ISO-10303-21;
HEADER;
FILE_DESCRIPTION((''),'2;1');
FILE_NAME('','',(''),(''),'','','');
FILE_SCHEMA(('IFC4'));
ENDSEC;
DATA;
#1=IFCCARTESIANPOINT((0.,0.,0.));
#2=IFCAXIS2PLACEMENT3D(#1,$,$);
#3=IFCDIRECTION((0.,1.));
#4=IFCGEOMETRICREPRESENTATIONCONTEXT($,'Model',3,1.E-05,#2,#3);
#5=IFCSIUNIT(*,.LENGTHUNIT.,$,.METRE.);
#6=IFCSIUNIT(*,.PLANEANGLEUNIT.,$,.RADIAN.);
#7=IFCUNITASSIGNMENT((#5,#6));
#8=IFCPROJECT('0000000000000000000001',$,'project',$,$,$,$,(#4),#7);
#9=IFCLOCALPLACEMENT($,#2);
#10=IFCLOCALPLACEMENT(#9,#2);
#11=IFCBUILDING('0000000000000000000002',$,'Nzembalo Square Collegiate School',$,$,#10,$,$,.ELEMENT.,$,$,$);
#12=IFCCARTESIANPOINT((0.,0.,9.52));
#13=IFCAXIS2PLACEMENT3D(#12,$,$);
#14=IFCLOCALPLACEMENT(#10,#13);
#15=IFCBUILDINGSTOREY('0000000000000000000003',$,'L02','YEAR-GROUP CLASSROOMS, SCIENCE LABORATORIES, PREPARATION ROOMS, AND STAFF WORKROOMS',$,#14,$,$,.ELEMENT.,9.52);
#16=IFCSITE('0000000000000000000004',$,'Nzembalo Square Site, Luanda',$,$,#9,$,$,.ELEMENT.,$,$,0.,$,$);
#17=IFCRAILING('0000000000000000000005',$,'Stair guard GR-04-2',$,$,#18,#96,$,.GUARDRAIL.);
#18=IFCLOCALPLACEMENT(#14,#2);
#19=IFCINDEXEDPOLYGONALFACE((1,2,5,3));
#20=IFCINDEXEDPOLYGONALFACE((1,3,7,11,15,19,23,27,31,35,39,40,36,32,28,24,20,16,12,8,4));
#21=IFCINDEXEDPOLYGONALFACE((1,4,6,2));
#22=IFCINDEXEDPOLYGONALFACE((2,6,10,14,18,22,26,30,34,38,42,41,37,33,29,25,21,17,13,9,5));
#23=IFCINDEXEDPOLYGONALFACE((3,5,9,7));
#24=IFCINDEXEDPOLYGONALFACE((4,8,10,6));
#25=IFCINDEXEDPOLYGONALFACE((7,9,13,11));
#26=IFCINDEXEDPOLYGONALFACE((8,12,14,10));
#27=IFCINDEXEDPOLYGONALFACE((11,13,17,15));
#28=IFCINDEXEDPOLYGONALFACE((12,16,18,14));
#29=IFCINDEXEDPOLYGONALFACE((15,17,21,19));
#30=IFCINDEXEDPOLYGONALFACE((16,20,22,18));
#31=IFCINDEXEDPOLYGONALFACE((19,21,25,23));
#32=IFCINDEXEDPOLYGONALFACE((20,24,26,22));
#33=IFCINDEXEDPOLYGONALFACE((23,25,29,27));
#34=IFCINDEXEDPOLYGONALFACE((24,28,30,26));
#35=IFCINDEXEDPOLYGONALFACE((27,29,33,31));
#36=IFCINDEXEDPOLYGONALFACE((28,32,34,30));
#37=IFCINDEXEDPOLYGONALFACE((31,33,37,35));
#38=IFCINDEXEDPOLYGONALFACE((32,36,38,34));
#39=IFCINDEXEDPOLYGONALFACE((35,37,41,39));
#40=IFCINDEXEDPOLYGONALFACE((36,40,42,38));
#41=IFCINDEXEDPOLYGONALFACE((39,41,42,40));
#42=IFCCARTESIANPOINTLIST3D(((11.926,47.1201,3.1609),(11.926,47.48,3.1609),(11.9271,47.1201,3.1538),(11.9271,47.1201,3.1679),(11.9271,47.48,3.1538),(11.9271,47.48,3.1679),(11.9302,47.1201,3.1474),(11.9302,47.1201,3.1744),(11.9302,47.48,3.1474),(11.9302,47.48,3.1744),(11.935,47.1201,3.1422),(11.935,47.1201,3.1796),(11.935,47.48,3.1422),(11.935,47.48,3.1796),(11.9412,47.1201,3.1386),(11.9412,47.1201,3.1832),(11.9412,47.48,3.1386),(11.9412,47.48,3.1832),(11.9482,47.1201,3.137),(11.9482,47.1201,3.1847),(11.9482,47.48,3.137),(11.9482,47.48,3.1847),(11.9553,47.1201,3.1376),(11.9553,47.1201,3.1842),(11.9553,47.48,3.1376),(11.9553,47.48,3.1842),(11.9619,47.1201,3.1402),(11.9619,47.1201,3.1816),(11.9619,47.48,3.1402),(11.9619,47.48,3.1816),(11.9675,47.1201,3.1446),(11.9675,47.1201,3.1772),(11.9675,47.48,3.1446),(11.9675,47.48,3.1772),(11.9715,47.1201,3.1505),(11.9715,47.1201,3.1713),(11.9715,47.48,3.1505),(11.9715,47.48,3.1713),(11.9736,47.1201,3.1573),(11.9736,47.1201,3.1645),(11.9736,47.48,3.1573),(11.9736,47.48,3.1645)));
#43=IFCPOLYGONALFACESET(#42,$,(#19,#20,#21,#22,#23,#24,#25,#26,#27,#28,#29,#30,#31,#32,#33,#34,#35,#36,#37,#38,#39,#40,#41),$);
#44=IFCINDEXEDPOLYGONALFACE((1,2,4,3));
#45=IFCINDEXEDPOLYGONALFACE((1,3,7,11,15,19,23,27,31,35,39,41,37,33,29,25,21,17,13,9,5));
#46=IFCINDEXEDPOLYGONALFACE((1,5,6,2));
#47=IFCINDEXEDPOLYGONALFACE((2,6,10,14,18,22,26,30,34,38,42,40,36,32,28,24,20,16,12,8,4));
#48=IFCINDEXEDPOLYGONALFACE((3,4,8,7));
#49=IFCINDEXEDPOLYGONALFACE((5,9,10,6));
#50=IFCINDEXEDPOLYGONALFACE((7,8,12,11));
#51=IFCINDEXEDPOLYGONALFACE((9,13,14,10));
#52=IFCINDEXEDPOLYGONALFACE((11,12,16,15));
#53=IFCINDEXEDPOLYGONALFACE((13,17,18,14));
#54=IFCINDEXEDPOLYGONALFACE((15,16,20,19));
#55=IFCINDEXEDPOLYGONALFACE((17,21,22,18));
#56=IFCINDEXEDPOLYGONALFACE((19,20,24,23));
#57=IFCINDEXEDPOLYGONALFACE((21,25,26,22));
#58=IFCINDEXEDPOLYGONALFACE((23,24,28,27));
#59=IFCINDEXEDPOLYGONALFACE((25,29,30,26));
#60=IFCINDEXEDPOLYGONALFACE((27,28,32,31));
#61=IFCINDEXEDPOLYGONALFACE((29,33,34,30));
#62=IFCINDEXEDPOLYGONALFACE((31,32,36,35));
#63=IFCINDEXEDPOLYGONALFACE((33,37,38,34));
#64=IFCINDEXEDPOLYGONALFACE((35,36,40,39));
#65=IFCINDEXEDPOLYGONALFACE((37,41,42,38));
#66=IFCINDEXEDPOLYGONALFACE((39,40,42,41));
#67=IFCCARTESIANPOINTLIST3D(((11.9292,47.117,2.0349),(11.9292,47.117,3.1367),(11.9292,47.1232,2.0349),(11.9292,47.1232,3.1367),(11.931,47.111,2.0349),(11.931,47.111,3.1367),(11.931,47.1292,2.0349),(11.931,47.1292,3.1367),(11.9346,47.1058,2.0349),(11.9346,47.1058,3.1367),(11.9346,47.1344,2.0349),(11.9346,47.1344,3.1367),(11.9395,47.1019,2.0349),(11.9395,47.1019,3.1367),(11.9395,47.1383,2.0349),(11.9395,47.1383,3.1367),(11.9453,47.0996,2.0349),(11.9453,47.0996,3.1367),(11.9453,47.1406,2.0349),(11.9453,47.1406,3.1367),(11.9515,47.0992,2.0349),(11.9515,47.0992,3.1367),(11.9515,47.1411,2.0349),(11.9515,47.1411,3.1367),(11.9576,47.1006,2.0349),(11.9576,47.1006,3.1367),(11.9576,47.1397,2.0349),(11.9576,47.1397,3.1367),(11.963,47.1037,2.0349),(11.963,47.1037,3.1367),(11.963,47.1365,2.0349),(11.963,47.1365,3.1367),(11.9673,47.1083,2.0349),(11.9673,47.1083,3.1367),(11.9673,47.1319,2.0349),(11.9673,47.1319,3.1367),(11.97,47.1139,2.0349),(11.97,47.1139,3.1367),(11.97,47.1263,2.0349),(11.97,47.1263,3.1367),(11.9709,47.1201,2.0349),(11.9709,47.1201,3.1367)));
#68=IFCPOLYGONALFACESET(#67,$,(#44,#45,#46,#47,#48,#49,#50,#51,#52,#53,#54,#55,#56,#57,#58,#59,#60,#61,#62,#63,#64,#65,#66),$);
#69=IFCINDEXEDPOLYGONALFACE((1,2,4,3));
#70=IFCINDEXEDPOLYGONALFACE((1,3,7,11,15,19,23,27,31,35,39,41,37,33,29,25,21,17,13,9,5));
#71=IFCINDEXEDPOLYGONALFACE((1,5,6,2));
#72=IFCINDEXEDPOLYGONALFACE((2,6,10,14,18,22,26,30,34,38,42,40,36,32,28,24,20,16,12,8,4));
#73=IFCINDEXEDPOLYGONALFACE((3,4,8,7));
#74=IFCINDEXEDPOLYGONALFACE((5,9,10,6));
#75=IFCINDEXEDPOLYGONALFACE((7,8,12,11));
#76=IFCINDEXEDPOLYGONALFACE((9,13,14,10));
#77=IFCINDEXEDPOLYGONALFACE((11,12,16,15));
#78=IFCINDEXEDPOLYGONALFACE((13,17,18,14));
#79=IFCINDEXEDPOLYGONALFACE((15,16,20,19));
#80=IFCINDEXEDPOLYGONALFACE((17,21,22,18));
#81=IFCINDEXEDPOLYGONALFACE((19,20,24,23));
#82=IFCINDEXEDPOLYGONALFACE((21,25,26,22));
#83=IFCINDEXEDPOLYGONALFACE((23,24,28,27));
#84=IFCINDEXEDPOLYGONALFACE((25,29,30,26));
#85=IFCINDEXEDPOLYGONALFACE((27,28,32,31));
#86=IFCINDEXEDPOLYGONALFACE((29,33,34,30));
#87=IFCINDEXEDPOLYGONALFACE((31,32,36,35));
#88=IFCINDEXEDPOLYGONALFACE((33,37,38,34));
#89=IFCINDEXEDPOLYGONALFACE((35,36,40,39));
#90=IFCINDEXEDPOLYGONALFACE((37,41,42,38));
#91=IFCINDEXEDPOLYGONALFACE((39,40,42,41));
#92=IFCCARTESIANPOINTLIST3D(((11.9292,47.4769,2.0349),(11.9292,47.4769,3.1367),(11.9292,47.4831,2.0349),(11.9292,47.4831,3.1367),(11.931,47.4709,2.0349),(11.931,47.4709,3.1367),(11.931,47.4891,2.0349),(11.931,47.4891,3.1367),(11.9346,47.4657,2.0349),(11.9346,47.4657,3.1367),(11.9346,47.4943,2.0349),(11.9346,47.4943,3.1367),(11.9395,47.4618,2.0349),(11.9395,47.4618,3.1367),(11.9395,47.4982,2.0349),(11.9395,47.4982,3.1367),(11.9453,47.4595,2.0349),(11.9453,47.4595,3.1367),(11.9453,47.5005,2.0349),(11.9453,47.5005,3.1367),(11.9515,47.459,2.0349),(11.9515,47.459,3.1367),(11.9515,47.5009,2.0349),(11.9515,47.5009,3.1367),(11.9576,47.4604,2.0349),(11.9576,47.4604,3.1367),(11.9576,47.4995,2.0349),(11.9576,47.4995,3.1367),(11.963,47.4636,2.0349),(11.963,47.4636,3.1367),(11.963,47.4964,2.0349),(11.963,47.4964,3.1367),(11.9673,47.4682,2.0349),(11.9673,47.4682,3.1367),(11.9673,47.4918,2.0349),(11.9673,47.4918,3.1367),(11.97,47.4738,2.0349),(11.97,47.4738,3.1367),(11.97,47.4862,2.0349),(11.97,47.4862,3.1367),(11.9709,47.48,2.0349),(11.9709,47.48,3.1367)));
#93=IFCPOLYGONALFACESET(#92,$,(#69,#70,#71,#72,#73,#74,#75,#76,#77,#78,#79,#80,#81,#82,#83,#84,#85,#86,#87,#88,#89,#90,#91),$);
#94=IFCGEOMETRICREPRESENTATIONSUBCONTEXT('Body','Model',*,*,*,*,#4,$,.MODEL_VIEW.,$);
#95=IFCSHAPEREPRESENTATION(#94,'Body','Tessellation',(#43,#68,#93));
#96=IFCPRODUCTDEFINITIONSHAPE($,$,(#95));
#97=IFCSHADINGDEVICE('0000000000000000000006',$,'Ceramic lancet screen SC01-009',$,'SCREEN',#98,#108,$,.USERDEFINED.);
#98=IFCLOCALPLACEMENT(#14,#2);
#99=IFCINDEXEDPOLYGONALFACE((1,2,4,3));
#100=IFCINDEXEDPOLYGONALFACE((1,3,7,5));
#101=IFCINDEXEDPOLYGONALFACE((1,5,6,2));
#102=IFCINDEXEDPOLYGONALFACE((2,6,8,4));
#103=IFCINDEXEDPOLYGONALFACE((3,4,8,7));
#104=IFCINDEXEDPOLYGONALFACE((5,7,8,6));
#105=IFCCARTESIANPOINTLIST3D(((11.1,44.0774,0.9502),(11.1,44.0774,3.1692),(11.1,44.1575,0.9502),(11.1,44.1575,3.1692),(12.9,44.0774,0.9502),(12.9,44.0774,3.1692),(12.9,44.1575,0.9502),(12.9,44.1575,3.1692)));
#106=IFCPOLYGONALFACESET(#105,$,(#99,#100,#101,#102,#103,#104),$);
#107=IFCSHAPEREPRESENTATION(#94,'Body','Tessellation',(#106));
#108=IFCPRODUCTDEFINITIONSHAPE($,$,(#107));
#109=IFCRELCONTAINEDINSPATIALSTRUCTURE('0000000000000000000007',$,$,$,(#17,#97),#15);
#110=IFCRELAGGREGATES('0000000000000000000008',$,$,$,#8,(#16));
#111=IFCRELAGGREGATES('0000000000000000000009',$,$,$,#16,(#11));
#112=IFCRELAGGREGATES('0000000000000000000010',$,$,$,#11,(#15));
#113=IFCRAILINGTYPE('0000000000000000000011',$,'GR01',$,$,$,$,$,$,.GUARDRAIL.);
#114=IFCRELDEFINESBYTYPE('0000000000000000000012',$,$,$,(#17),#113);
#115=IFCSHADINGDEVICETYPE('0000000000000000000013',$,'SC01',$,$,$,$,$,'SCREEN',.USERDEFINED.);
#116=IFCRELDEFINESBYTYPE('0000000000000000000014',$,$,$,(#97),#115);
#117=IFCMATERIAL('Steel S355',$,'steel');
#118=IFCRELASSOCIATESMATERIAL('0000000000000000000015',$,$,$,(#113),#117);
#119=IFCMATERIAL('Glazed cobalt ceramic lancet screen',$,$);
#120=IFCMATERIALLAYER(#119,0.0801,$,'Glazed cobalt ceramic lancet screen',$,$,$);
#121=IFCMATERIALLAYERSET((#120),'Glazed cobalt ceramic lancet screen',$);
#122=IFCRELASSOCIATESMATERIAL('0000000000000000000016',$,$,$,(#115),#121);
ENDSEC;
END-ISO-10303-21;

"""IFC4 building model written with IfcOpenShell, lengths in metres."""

from ifc_helpers import new_model, si_unit, direction, frame, origin, origin_2d, place, context, subcontext, project, spatial, rectangle, circle, extrude, material, layer, layer_set, type_object, element, save


model = new_model("IFC4")

# Units and contexts
model_context = context("Model", 3, precision=1e-05, world=origin(), true_north=direction((0.0, 1.0)))
body_context = subcontext(model_context, "Body", "Model", "MODEL_VIEW")
ifc_project = project(units=[si_unit("LENGTHUNIT", "METRE"), si_unit("PLANEANGLEUNIT", "RADIAN")], contexts=[model_context])

# Site, building, storey
site_placement = place(None, origin())
site = spatial("IfcSite", under=ifc_project, at=site_placement, Name="Nzembalo Square Site, Luanda", CompositionType="ELEMENT", RefElevation=0.0)
building_placement = place(site_placement, origin())
building = spatial("IfcBuilding", under=site, at=building_placement, Name="Nzembalo Square Collegiate School", CompositionType="ELEMENT")
storey_placement = place(building_placement, frame((0.0, 0.0, 9.52)))
storey = spatial("IfcBuildingStorey", under=building, at=storey_placement, Name="L02", Description="YEAR-GROUP CLASSROOMS, SCIENCE LABORATORIES, PREPARATION ROOMS, AND STAFF WORKROOMS", CompositionType="ELEMENT", Elevation=9.52)

# Railing
ifc_material_1 = material(Name="Steel S355", Category="steel")
railing_type = type_object("IfcRailingType", Name="GR01", PredefinedType="GUARDRAIL", material=ifc_material_1)
railing_placement = place(storey_placement, frame((11.95, 47.1201, 2.0349)))
element("IfcRailing", 1, at=railing_placement, inside=storey, type_object=railing_type, Name="Stair guard GR-04-2", PredefinedType="GUARDRAIL", context=body_context, shape_type="SweptSolid", body=[
    extrude(circle(Radius=0.0239, at=origin_2d()), frame((0.0, 0.0, 1.126), z_axis=(0.0, 1.0, 0.0), x_axis=(-1.0, 0.0, 0.0)), (0.0, 0.0, 1.0), 0.3599),
    extrude(circle(Radius=0.021, at=origin_2d()), origin(), (0.0, 0.0, 1.0), 1.1018),
    extrude(circle(Radius=0.021, at=origin_2d()), frame((0.0, 0.3599, 0.0)), (0.0, 0.0, 1.0), 1.1018),
])

# Shading device
ifc_material_2 = material(Name="Glazed cobalt ceramic lancet screen")
ifc_layer_1 = layer(ifc_material_2, 0.0801, Name="Glazed cobalt ceramic lancet screen")
ifc_layer_set_1 = layer_set([ifc_layer_1], Name="Glazed cobalt ceramic lancet screen")
shading_device_type = type_object("IfcShadingDeviceType", Name="SC01", ElementType="SCREEN", PredefinedType="USERDEFINED", material=ifc_layer_set_1)
shading_device_placement = place(storey_placement, frame((12.0, 44.1174, 0.9502), z_axis=(0.0, 0.0, 1.0), x_axis=(1.0, 0.0, 0.0)))
element("IfcShadingDevice", 2, at=shading_device_placement, inside=storey, type_object=shading_device_type, Name="Ceramic lancet screen SC01-009", ObjectType="SCREEN", PredefinedType="USERDEFINED", context=body_context, shape_type="SweptSolid", body=[
    extrude(rectangle(XDim=1.8, YDim=0.0801, at=origin_2d()), origin(), (0.0, 0.0, 1.0), 2.219),
])

save(model, "model.ifc")
